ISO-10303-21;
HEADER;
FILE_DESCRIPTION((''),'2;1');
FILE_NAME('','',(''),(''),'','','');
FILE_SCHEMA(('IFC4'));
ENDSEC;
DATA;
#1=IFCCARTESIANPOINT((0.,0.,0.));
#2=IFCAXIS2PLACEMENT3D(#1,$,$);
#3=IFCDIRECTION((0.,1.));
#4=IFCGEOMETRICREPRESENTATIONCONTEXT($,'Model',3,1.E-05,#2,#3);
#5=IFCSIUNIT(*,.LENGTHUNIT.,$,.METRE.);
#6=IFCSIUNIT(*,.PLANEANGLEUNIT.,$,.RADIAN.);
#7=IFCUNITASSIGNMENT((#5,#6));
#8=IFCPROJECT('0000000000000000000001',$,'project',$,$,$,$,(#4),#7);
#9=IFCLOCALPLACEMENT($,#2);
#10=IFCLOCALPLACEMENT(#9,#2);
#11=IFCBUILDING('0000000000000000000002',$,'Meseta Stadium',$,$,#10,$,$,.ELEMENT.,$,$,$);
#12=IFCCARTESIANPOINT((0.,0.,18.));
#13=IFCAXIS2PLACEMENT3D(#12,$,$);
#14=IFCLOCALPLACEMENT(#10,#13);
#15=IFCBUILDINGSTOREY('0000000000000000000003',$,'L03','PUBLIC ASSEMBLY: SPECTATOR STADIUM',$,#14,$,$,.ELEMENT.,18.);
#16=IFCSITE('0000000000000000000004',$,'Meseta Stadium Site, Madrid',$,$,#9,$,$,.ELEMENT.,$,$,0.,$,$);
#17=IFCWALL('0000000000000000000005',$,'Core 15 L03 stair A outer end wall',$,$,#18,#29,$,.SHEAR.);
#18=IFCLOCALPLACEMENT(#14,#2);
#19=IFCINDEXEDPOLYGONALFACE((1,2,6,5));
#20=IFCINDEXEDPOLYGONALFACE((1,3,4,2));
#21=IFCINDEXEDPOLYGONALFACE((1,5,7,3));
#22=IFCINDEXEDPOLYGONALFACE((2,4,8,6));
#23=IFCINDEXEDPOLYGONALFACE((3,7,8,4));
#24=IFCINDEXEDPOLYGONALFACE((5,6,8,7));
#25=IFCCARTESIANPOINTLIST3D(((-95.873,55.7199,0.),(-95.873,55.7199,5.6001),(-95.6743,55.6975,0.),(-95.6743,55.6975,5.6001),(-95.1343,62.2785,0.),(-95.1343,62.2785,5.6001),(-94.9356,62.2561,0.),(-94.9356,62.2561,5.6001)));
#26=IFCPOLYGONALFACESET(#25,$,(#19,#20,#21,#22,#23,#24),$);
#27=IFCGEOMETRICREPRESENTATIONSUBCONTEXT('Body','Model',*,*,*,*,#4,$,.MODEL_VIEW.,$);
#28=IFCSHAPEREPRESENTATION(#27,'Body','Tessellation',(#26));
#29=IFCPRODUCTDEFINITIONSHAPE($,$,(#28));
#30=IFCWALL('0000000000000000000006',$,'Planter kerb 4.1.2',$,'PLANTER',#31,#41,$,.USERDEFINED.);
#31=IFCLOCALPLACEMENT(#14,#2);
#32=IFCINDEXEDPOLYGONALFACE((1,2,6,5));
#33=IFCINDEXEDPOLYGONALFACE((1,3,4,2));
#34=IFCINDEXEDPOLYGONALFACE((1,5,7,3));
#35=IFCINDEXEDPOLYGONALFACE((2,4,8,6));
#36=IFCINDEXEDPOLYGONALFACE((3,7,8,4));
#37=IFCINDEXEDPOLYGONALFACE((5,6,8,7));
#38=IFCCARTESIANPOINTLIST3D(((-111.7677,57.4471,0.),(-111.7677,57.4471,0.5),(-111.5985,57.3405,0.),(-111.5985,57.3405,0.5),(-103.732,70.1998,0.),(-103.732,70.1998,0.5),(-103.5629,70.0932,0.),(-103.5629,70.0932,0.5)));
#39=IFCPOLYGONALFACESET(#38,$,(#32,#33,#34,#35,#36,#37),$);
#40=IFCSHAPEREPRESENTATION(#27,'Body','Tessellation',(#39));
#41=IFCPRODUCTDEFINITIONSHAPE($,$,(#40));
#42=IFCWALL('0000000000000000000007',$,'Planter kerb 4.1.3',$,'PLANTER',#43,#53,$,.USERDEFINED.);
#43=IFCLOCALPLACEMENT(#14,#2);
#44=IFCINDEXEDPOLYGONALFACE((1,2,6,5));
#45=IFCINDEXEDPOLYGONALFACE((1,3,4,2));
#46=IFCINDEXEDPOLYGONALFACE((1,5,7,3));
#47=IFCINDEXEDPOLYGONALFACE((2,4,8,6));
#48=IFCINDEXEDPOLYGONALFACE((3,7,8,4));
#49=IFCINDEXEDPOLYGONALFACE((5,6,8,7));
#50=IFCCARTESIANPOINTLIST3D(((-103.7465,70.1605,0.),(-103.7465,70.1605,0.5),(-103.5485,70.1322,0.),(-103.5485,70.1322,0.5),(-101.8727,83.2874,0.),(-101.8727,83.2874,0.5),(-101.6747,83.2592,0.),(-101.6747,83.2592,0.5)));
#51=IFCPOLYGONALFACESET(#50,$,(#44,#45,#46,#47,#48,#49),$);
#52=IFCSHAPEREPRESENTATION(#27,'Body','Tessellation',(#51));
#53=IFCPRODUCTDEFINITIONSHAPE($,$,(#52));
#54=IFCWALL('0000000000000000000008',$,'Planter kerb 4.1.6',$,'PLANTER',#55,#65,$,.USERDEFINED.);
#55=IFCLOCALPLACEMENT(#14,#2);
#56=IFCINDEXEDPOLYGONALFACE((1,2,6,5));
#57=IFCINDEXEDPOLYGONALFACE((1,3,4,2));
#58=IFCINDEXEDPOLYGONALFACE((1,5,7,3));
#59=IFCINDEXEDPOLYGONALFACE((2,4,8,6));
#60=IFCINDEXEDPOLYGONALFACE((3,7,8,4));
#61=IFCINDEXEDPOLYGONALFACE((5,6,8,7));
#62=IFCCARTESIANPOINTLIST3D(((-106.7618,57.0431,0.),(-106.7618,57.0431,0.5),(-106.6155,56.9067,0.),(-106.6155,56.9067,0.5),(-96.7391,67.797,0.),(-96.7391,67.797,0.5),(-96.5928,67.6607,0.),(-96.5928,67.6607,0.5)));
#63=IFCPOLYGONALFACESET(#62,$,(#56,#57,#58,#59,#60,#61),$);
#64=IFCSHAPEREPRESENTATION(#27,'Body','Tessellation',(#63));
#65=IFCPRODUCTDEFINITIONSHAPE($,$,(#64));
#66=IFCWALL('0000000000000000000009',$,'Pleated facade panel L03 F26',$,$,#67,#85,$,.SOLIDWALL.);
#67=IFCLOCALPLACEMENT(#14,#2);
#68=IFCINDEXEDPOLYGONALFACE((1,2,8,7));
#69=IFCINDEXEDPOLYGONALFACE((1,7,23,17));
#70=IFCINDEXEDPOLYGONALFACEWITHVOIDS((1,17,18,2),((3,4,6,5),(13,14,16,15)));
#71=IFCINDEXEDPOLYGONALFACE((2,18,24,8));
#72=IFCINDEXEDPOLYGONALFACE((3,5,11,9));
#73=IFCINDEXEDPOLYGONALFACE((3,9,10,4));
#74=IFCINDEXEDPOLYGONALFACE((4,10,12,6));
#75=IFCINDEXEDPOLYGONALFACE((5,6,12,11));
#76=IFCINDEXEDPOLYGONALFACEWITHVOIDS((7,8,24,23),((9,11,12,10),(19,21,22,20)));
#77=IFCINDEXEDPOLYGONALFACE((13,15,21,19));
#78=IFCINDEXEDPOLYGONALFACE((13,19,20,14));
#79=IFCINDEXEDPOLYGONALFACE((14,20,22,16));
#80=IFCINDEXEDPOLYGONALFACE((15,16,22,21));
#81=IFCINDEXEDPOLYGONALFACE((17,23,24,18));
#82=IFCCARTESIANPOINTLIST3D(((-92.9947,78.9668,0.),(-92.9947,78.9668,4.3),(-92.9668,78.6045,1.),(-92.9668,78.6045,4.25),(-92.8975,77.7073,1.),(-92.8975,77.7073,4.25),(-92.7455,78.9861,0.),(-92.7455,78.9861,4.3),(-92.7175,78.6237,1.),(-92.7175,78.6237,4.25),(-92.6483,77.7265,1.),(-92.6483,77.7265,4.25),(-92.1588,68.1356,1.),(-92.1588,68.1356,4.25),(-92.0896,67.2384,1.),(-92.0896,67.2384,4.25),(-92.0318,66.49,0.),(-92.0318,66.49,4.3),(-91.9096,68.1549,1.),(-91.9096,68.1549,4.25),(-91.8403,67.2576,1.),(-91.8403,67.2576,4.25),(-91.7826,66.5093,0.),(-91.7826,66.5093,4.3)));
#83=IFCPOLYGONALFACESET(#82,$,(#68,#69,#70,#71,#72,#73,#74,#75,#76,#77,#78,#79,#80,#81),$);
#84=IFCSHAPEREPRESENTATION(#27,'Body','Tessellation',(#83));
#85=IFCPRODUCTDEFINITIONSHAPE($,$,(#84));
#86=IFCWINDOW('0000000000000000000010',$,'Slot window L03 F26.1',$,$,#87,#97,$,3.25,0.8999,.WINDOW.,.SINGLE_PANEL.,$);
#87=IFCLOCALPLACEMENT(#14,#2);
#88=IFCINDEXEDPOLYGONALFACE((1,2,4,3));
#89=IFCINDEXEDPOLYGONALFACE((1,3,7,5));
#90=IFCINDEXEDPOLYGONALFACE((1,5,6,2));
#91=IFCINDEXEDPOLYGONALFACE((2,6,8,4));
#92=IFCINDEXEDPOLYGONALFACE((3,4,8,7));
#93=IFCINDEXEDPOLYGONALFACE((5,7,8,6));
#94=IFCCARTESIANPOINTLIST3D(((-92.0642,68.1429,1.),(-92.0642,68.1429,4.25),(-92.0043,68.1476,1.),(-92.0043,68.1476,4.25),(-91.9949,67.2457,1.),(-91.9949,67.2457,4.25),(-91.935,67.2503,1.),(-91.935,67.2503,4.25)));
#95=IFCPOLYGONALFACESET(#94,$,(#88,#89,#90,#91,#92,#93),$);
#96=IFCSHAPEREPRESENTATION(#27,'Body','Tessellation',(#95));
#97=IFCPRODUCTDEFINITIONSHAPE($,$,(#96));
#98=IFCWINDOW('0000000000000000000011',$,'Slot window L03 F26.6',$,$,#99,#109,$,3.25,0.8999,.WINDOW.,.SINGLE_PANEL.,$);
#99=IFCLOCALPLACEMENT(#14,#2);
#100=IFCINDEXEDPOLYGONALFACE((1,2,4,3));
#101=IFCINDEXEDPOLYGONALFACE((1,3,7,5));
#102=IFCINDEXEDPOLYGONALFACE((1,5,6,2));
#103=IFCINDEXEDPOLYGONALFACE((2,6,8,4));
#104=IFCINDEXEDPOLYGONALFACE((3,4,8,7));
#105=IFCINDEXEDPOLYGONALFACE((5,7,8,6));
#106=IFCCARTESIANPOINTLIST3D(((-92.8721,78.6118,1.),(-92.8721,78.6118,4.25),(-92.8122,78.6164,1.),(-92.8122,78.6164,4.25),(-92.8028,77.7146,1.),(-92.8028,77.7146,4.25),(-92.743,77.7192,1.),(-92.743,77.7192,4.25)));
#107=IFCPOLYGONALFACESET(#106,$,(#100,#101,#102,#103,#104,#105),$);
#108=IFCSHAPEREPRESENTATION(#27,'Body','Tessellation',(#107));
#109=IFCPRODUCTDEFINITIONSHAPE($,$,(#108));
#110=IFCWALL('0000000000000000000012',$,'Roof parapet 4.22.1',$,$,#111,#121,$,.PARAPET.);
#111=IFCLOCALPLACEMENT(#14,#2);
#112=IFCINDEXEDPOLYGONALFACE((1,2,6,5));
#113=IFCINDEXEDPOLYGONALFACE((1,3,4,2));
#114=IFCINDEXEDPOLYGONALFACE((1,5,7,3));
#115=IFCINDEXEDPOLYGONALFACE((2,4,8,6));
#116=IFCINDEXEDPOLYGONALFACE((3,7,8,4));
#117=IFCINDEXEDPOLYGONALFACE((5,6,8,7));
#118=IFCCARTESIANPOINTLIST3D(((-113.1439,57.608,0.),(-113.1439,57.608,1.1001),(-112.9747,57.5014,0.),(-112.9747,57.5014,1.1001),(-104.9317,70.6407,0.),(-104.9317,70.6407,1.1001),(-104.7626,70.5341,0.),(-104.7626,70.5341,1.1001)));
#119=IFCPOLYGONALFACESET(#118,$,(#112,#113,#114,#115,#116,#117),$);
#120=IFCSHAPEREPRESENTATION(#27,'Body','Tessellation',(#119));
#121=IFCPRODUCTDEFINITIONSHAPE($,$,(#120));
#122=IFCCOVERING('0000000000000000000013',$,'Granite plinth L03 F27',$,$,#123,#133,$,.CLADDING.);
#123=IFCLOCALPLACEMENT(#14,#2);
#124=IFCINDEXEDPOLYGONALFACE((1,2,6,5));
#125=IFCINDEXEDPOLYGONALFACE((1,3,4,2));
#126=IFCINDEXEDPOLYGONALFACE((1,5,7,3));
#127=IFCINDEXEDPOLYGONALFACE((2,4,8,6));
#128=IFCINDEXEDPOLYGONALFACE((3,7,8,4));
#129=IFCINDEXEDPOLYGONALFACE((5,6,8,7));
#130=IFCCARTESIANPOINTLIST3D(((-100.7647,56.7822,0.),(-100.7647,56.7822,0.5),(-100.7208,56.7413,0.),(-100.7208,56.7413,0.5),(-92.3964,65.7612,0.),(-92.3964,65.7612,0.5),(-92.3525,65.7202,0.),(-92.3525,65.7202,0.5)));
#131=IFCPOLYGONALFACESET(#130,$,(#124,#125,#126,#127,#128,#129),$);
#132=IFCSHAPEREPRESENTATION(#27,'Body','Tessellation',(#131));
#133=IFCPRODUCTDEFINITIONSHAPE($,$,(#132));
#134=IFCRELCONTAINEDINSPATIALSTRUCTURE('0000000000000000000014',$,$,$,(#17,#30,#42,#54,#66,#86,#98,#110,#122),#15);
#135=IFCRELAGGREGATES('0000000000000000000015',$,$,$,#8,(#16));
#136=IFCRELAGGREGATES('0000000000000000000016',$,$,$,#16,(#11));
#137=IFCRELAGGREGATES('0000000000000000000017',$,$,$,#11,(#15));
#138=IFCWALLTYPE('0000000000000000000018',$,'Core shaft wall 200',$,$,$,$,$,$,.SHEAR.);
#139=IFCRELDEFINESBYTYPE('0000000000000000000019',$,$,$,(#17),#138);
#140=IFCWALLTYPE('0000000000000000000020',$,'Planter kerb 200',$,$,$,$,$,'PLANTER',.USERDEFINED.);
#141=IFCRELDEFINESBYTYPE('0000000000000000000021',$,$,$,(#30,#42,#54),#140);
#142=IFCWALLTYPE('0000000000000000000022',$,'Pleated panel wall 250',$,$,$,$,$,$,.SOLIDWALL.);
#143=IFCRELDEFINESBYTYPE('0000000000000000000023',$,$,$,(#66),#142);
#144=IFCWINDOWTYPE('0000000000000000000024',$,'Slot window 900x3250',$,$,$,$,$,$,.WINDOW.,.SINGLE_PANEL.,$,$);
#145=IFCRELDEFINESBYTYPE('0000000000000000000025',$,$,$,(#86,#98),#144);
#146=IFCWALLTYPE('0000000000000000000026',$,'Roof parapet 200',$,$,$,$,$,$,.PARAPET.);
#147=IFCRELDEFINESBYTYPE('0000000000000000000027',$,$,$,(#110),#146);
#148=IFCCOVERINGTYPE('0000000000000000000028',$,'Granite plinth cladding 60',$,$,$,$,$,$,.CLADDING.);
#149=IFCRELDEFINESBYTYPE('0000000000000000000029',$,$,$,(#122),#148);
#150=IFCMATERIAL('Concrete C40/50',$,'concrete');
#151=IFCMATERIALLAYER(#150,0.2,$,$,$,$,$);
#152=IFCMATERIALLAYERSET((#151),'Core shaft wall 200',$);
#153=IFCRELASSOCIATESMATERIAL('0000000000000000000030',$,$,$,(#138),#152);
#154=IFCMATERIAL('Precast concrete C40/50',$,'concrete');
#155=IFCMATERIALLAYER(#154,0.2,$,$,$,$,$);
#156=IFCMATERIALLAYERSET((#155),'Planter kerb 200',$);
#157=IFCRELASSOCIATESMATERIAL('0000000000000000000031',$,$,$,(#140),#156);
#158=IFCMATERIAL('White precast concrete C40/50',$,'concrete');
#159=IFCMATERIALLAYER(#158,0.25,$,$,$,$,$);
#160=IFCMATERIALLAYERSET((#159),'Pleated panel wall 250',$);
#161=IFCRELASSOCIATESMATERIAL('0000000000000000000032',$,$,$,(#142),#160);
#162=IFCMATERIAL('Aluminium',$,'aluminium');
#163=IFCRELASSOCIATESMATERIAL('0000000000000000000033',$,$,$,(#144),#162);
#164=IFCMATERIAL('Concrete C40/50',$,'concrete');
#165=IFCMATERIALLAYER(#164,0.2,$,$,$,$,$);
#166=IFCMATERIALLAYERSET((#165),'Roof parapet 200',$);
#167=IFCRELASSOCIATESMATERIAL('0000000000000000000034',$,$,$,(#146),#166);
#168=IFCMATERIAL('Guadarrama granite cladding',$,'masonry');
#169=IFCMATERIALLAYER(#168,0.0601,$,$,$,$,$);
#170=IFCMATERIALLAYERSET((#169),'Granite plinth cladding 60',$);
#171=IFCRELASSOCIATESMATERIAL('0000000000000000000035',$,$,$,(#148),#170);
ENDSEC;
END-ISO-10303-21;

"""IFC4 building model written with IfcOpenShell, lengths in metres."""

from ifc_helpers import new_model, si_unit, direction, frame, frame_2d, origin, origin_2d, place, context, subcontext, project, spatial, rectangle, extrude, material, layer, layer_set, type_object, element, fill, save


model = new_model("IFC4")

# Units and contexts
model_context = context("Model", 3, precision=1e-05, world=origin(), true_north=direction((0.0, 1.0)))
body_context = subcontext(model_context, "Body", "Model", "MODEL_VIEW")
ifc_project = project(units=[si_unit("LENGTHUNIT", "METRE"), si_unit("PLANEANGLEUNIT", "RADIAN")], contexts=[model_context])

# Site, building, storey
site_placement = place(None, origin())
site = spatial("IfcSite", under=ifc_project, at=site_placement, Name="Meseta Stadium Site, Madrid", CompositionType="ELEMENT", RefElevation=0.0)
building_placement = place(site_placement, origin())
building = spatial("IfcBuilding", under=site, at=building_placement, Name="Meseta Stadium", CompositionType="ELEMENT")
storey_placement = place(building_placement, frame((0.0, 0.0, 18.0)))
storey = spatial("IfcBuildingStorey", under=building, at=storey_placement, Name="L03", Description="PUBLIC ASSEMBLY: SPECTATOR STADIUM", CompositionType="ELEMENT", Elevation=18.0)

# Walls
ifc_material_1 = material(Name="Concrete C40/50", Category="concrete")
ifc_layer_1 = layer(ifc_material_1, 0.2)
ifc_layer_set_1 = layer_set([ifc_layer_1], Name="Core shaft wall 200")
wall_type_1 = type_object("IfcWallType", Name="Core shaft wall 200", PredefinedType="SHEAR", material=ifc_layer_set_1)
wall_1_placement = place(storey_placement, frame((-95.0349, 62.2673, 0.0), z_axis=(0.0, 0.0, 1.0), x_axis=(-0.111934, -0.993716, 0.0)))
element("IfcWall", 1, at=wall_1_placement, inside=storey, type_object=wall_type_1, Name="Core 15 L03 stair A outer end wall", PredefinedType="SHEAR", context=body_context, shape_type="SweptSolid", body=[
    extrude(rectangle(XDim=6.6001, YDim=0.2, at=frame_2d((3.3, 0.0))), origin(), (0.0, 0.0, 1.0), 5.6001),
])
ifc_material_2 = material(Name="Precast concrete C40/50", Category="concrete")
ifc_layer_2 = layer(ifc_material_2, 0.2)
ifc_layer_set_2 = layer_set([ifc_layer_2], Name="Planter kerb 200")
wall_type_2 = type_object("IfcWallType", Name="Planter kerb 200", ElementType="PLANTER", PredefinedType="USERDEFINED", material=ifc_layer_set_2)
wall_2_placement = place(storey_placement, frame((-111.6831, 57.3938, 0.0), z_axis=(0.0, 0.0, 1.0), x_axis=(0.533107, 0.846048, 0.0)))
element("IfcWall", 2, at=wall_2_placement, inside=storey, type_object=wall_type_2, Name="Planter kerb 4.1.2", ObjectType="PLANTER", PredefinedType="USERDEFINED", context=body_context, shape_type="SweptSolid", body=[
    extrude(rectangle(XDim=15.0732, YDim=0.2, at=frame_2d((7.5366, 0.0))), origin(), (0.0, 0.0, 1.0), 0.5),
])
wall_3_placement = place(storey_placement, frame((-103.6475, 70.1465, 0.0), z_axis=(0.0, 0.0, 1.0), x_axis=(0.141311, 0.989965, 0.0)))
element("IfcWall", 3, at=wall_3_placement, inside=storey, type_object=wall_type_2, Name="Planter kerb 4.1.3", ObjectType="PLANTER", PredefinedType="USERDEFINED", context=body_context, shape_type="SweptSolid", body=[
    extrude(rectangle(XDim=13.26, YDim=0.2, at=frame_2d((6.6299, 0.0))), origin(), (0.0, 0.0, 1.0), 0.5),
])
wall_4_placement = place(storey_placement, frame((-96.666, 67.7288, 0.0), z_axis=(0.0, 0.0, 1.0), x_axis=(-0.681799, -0.731539, 0.0)))
element("IfcWall", 4, at=wall_4_placement, inside=storey, type_object=wall_type_2, Name="Planter kerb 4.1.6", ObjectType="PLANTER", PredefinedType="USERDEFINED", context=body_context, shape_type="SweptSolid", body=[
    extrude(rectangle(XDim=14.7004, YDim=0.2, at=frame_2d((7.3501, 0.0))), origin(), (0.0, 0.0, 1.0), 0.5),
])

# Wall, openings, windows
ifc_material_3 = material(Name="White precast concrete C40/50", Category="concrete")
ifc_layer_3 = layer(ifc_material_3, 0.25)
ifc_layer_set_3 = layer_set([ifc_layer_3], Name="Pleated panel wall 250")
wall_type_3 = type_object("IfcWallType", Name="Pleated panel wall 250", PredefinedType="SOLIDWALL", material=ifc_layer_set_3)
wall_5_placement = place(storey_placement, frame((-91.9072, 66.4998, 0.0), z_axis=(0.0, 0.0, 1.0), x_axis=(-0.076946, 0.997035, 0.0)))
wall_5 = element("IfcWall", 5, at=wall_5_placement, inside=storey, type_object=wall_type_3, Name="Pleated facade panel L03 F26", PredefinedType="SOLIDWALL", context=body_context, shape_type="SweptSolid", body=[
    extrude(rectangle(XDim=12.5139, YDim=0.25, at=frame_2d((6.2568, 0.0))), origin(), (0.0, 0.0, 1.0), 4.3),
])
opening_1_placement = place(wall_5_placement, frame((0.7505, 0.0, 1.0)))
opening_1 = element("IfcOpeningElement", 6, at=opening_1_placement, cuts=wall_5, PredefinedType="OPENING", context=body_context, shape_type="SweptSolid", body=[
    extrude(rectangle(XDim=0.8999, YDim=3.25, at=frame_2d((0.45, 1.625))), frame((0.0, 0.135, 0.0), z_axis=(0.0, -1.0, 0.0), x_axis=(1.0, 0.0, 0.0)), (0.0, 0.0, 1.0), 0.27),
])
opening_2_placement = place(wall_5_placement, frame((11.2505, 0.0, 1.0)))
opening_2 = element("IfcOpeningElement", 7, at=opening_2_placement, cuts=wall_5, PredefinedType="OPENING", context=body_context, shape_type="SweptSolid", body=[
    extrude(rectangle(XDim=0.8999, YDim=3.25, at=frame_2d((0.45, 1.625))), frame((0.0, 0.135, 0.0), z_axis=(0.0, -1.0, 0.0), x_axis=(1.0, 0.0, 0.0)), (0.0, 0.0, 1.0), 0.27),
])
ifc_material_4 = material(Name="Aluminium", Category="aluminium")
window_type = type_object("IfcWindowType", Name="Slot window 900x3250", PartitioningType="SINGLE_PANEL", PredefinedType="WINDOW", material=ifc_material_4)
window_1_placement = place(opening_1_placement, origin())
window_1 = element("IfcWindow", 8, at=window_1_placement, inside=storey, type_object=window_type, Name="Slot window L03 F26.1", OverallHeight=3.25, OverallWidth=0.8999, PartitioningType="SINGLE_PANEL", PredefinedType="WINDOW", context=body_context, shape_type="SweptSolid", body=[
    extrude(rectangle(XDim=0.8999, YDim=3.25, at=frame_2d((0.45, 1.625))), frame((0.0, 0.03, 0.0), z_axis=(0.0, -1.0, 0.0), x_axis=(1.0, 0.0, 0.0)), (0.0, 0.0, 1.0), 0.0601),
])
fill(opening_1, window_1)
window_2_placement = place(opening_2_placement, origin())
window_2 = element("IfcWindow", 9, at=window_2_placement, inside=storey, type_object=window_type, Name="Slot window L03 F26.6", OverallHeight=3.25, OverallWidth=0.8999, PartitioningType="SINGLE_PANEL", PredefinedType="WINDOW", context=body_context, shape_type="SweptSolid", body=[
    extrude(rectangle(XDim=0.8999, YDim=3.25, at=frame_2d((0.45, 1.625))), frame((0.0, 0.03, 0.0), z_axis=(0.0, -1.0, 0.0), x_axis=(1.0, 0.0, 0.0)), (0.0, 0.0, 1.0), 0.0601),
])
fill(opening_2, window_2)

# Wall
ifc_material_5 = material(Name="Concrete C40/50", Category="concrete")
ifc_layer_4 = layer(ifc_material_5, 0.2)
ifc_layer_set_4 = layer_set([ifc_layer_4], Name="Roof parapet 200")
wall_type_4 = type_object("IfcWallType", Name="Roof parapet 200", PredefinedType="PARAPET", material=ifc_layer_set_4)
wall_6_placement = place(storey_placement, frame((-113.0593, 57.5547, 0.0), z_axis=(0.0, 0.0, 1.0), x_axis=(0.53311, 0.846046, 0.0)))
element("IfcWall", 10, at=wall_6_placement, inside=storey, type_object=wall_type_4, Name="Roof parapet 4.22.1", PredefinedType="PARAPET", context=body_context, shape_type="SweptSolid", body=[
    extrude(rectangle(XDim=15.4043, YDim=0.2, at=frame_2d((7.7021, 0.0))), origin(), (0.0, 0.0, 1.0), 1.1001),
])

# Covering
ifc_material_6 = material(Name="Guadarrama granite cladding", Category="masonry")
ifc_layer_5 = layer(ifc_material_6, 0.0601)
ifc_layer_set_5 = layer_set([ifc_layer_5], Name="Granite plinth cladding 60")
covering_type_1 = type_object("IfcCoveringType", Name="Granite plinth cladding 60", PredefinedType="CLADDING", material=ifc_layer_set_5)
covering_1_placement = place(storey_placement, frame((-96.5586, 61.2512, 0.0), z_axis=(0.0, 0.0, 1.0), x_axis=(0.681793, 0.731545, 0.0)))
element("IfcCovering", 11, at=covering_1_placement, inside=storey, type_object=covering_type_1, Name="Granite plinth L03 F27", PredefinedType="CLADDING", context=body_context, shape_type="SweptSolid", body=[
    extrude(rectangle(XDim=12.2739, YDim=0.0601, at=origin_2d()), origin(), (0.0, 0.0, 1.0), 0.5),
])

save(model, "model.ifc")
